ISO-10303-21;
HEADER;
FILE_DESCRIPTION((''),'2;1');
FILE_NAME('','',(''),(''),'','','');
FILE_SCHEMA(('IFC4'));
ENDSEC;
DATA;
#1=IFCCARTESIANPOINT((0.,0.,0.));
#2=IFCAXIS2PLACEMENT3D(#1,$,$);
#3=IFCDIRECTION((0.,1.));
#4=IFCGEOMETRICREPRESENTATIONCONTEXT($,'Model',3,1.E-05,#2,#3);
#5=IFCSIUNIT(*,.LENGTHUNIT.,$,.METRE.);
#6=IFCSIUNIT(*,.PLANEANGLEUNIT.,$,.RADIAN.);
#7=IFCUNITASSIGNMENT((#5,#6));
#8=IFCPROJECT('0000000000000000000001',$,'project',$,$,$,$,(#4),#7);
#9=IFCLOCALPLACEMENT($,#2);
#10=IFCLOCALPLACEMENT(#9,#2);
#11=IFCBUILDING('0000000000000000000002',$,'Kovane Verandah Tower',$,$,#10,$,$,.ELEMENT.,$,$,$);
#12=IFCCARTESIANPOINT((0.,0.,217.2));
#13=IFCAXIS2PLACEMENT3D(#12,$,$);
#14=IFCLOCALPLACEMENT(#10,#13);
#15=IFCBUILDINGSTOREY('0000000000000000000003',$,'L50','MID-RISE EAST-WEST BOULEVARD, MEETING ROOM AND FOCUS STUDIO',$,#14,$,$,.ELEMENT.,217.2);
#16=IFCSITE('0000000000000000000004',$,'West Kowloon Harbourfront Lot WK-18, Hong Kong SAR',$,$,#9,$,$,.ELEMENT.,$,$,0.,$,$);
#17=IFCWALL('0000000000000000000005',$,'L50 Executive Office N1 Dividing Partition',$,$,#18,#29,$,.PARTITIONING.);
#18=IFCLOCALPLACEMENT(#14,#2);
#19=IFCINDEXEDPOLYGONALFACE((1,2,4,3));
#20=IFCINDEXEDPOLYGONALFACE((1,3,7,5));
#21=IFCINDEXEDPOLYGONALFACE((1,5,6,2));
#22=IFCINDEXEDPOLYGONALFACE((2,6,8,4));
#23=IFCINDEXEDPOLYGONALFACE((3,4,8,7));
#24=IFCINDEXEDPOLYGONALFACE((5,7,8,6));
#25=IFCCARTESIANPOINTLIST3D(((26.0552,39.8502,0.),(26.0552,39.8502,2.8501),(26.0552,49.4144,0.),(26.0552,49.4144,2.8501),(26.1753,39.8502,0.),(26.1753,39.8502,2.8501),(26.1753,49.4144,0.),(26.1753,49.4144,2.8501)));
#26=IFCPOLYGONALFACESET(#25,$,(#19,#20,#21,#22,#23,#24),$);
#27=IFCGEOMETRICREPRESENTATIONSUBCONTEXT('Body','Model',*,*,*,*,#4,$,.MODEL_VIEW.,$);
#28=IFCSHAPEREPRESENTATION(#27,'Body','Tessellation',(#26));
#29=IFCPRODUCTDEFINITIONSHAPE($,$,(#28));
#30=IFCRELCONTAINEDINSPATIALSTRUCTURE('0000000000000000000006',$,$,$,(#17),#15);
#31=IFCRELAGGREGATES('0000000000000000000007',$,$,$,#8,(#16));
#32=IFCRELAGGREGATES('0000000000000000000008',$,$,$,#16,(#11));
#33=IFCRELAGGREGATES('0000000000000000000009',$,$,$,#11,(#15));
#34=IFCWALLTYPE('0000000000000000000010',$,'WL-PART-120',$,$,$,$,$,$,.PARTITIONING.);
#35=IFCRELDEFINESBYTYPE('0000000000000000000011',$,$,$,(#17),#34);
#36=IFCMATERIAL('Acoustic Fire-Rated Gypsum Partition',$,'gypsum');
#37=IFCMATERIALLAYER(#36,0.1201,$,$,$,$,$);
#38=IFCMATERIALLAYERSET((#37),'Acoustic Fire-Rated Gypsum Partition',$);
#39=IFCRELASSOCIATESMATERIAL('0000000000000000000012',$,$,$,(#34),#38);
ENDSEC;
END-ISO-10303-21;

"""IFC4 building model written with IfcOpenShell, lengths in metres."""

from ifc_helpers import new_model, si_unit, direction, frame, frame_2d, origin, place, context, subcontext, project, spatial, rectangle, extrude, material, layer, layer_set, type_object, element, save


model = new_model("IFC4")

# Units and contexts
model_context = context("Model", 3, precision=1e-05, world=origin(), true_north=direction((0.0, 1.0)))
body_context = subcontext(model_context, "Body", "Model", "MODEL_VIEW")
ifc_project = project(units=[si_unit("LENGTHUNIT", "METRE"), si_unit("PLANEANGLEUNIT", "RADIAN")], contexts=[model_context])

# Site, building, storey
site_placement = place(None, origin())
site = spatial("IfcSite", under=ifc_project, at=site_placement, Name="West Kowloon Harbourfront Lot WK-18, Hong Kong SAR", CompositionType="ELEMENT", RefElevation=0.0)
building_placement = place(site_placement, origin())
building = spatial("IfcBuilding", under=site, at=building_placement, Name="Kovane Verandah Tower", CompositionType="ELEMENT")
storey_placement = place(building_placement, frame((0.0, 0.0, 217.2)))
storey = spatial("IfcBuildingStorey", under=building, at=storey_placement, Name="L50", Description="MID-RISE EAST-WEST BOULEVARD, MEETING ROOM AND FOCUS STUDIO", CompositionType="ELEMENT", Elevation=217.2)

# Wall
ifc_material_1 = material(Name="Acoustic Fire-Rated Gypsum Partition", Category="gypsum")
ifc_layer_1 = layer(ifc_material_1, 0.1201)
ifc_layer_set_1 = layer_set([ifc_layer_1], Name="Acoustic Fire-Rated Gypsum Partition")
wall_type_1 = type_object("IfcWallType", Name="WL-PART-120", PredefinedType="PARTITIONING", material=ifc_layer_set_1)
wall_1_placement = place(storey_placement, frame((26.1152, 39.8501, 0.0), z_axis=(0.0, 0.0, 1.0), x_axis=(0.0, 1.0, 0.0)))
element("IfcWall", 1, at=wall_1_placement, inside=storey, type_object=wall_type_1, Name="L50 Executive Office N1 Dividing Partition", PredefinedType="PARTITIONING", context=body_context, shape_type="SweptSolid", body=[
    extrude(rectangle(XDim=9.5642, YDim=0.1201, at=frame_2d((4.7822, 0.0))), origin(), (0.0, 0.0, 1.0), 2.8501),
])

save(model, "model.ifc")
